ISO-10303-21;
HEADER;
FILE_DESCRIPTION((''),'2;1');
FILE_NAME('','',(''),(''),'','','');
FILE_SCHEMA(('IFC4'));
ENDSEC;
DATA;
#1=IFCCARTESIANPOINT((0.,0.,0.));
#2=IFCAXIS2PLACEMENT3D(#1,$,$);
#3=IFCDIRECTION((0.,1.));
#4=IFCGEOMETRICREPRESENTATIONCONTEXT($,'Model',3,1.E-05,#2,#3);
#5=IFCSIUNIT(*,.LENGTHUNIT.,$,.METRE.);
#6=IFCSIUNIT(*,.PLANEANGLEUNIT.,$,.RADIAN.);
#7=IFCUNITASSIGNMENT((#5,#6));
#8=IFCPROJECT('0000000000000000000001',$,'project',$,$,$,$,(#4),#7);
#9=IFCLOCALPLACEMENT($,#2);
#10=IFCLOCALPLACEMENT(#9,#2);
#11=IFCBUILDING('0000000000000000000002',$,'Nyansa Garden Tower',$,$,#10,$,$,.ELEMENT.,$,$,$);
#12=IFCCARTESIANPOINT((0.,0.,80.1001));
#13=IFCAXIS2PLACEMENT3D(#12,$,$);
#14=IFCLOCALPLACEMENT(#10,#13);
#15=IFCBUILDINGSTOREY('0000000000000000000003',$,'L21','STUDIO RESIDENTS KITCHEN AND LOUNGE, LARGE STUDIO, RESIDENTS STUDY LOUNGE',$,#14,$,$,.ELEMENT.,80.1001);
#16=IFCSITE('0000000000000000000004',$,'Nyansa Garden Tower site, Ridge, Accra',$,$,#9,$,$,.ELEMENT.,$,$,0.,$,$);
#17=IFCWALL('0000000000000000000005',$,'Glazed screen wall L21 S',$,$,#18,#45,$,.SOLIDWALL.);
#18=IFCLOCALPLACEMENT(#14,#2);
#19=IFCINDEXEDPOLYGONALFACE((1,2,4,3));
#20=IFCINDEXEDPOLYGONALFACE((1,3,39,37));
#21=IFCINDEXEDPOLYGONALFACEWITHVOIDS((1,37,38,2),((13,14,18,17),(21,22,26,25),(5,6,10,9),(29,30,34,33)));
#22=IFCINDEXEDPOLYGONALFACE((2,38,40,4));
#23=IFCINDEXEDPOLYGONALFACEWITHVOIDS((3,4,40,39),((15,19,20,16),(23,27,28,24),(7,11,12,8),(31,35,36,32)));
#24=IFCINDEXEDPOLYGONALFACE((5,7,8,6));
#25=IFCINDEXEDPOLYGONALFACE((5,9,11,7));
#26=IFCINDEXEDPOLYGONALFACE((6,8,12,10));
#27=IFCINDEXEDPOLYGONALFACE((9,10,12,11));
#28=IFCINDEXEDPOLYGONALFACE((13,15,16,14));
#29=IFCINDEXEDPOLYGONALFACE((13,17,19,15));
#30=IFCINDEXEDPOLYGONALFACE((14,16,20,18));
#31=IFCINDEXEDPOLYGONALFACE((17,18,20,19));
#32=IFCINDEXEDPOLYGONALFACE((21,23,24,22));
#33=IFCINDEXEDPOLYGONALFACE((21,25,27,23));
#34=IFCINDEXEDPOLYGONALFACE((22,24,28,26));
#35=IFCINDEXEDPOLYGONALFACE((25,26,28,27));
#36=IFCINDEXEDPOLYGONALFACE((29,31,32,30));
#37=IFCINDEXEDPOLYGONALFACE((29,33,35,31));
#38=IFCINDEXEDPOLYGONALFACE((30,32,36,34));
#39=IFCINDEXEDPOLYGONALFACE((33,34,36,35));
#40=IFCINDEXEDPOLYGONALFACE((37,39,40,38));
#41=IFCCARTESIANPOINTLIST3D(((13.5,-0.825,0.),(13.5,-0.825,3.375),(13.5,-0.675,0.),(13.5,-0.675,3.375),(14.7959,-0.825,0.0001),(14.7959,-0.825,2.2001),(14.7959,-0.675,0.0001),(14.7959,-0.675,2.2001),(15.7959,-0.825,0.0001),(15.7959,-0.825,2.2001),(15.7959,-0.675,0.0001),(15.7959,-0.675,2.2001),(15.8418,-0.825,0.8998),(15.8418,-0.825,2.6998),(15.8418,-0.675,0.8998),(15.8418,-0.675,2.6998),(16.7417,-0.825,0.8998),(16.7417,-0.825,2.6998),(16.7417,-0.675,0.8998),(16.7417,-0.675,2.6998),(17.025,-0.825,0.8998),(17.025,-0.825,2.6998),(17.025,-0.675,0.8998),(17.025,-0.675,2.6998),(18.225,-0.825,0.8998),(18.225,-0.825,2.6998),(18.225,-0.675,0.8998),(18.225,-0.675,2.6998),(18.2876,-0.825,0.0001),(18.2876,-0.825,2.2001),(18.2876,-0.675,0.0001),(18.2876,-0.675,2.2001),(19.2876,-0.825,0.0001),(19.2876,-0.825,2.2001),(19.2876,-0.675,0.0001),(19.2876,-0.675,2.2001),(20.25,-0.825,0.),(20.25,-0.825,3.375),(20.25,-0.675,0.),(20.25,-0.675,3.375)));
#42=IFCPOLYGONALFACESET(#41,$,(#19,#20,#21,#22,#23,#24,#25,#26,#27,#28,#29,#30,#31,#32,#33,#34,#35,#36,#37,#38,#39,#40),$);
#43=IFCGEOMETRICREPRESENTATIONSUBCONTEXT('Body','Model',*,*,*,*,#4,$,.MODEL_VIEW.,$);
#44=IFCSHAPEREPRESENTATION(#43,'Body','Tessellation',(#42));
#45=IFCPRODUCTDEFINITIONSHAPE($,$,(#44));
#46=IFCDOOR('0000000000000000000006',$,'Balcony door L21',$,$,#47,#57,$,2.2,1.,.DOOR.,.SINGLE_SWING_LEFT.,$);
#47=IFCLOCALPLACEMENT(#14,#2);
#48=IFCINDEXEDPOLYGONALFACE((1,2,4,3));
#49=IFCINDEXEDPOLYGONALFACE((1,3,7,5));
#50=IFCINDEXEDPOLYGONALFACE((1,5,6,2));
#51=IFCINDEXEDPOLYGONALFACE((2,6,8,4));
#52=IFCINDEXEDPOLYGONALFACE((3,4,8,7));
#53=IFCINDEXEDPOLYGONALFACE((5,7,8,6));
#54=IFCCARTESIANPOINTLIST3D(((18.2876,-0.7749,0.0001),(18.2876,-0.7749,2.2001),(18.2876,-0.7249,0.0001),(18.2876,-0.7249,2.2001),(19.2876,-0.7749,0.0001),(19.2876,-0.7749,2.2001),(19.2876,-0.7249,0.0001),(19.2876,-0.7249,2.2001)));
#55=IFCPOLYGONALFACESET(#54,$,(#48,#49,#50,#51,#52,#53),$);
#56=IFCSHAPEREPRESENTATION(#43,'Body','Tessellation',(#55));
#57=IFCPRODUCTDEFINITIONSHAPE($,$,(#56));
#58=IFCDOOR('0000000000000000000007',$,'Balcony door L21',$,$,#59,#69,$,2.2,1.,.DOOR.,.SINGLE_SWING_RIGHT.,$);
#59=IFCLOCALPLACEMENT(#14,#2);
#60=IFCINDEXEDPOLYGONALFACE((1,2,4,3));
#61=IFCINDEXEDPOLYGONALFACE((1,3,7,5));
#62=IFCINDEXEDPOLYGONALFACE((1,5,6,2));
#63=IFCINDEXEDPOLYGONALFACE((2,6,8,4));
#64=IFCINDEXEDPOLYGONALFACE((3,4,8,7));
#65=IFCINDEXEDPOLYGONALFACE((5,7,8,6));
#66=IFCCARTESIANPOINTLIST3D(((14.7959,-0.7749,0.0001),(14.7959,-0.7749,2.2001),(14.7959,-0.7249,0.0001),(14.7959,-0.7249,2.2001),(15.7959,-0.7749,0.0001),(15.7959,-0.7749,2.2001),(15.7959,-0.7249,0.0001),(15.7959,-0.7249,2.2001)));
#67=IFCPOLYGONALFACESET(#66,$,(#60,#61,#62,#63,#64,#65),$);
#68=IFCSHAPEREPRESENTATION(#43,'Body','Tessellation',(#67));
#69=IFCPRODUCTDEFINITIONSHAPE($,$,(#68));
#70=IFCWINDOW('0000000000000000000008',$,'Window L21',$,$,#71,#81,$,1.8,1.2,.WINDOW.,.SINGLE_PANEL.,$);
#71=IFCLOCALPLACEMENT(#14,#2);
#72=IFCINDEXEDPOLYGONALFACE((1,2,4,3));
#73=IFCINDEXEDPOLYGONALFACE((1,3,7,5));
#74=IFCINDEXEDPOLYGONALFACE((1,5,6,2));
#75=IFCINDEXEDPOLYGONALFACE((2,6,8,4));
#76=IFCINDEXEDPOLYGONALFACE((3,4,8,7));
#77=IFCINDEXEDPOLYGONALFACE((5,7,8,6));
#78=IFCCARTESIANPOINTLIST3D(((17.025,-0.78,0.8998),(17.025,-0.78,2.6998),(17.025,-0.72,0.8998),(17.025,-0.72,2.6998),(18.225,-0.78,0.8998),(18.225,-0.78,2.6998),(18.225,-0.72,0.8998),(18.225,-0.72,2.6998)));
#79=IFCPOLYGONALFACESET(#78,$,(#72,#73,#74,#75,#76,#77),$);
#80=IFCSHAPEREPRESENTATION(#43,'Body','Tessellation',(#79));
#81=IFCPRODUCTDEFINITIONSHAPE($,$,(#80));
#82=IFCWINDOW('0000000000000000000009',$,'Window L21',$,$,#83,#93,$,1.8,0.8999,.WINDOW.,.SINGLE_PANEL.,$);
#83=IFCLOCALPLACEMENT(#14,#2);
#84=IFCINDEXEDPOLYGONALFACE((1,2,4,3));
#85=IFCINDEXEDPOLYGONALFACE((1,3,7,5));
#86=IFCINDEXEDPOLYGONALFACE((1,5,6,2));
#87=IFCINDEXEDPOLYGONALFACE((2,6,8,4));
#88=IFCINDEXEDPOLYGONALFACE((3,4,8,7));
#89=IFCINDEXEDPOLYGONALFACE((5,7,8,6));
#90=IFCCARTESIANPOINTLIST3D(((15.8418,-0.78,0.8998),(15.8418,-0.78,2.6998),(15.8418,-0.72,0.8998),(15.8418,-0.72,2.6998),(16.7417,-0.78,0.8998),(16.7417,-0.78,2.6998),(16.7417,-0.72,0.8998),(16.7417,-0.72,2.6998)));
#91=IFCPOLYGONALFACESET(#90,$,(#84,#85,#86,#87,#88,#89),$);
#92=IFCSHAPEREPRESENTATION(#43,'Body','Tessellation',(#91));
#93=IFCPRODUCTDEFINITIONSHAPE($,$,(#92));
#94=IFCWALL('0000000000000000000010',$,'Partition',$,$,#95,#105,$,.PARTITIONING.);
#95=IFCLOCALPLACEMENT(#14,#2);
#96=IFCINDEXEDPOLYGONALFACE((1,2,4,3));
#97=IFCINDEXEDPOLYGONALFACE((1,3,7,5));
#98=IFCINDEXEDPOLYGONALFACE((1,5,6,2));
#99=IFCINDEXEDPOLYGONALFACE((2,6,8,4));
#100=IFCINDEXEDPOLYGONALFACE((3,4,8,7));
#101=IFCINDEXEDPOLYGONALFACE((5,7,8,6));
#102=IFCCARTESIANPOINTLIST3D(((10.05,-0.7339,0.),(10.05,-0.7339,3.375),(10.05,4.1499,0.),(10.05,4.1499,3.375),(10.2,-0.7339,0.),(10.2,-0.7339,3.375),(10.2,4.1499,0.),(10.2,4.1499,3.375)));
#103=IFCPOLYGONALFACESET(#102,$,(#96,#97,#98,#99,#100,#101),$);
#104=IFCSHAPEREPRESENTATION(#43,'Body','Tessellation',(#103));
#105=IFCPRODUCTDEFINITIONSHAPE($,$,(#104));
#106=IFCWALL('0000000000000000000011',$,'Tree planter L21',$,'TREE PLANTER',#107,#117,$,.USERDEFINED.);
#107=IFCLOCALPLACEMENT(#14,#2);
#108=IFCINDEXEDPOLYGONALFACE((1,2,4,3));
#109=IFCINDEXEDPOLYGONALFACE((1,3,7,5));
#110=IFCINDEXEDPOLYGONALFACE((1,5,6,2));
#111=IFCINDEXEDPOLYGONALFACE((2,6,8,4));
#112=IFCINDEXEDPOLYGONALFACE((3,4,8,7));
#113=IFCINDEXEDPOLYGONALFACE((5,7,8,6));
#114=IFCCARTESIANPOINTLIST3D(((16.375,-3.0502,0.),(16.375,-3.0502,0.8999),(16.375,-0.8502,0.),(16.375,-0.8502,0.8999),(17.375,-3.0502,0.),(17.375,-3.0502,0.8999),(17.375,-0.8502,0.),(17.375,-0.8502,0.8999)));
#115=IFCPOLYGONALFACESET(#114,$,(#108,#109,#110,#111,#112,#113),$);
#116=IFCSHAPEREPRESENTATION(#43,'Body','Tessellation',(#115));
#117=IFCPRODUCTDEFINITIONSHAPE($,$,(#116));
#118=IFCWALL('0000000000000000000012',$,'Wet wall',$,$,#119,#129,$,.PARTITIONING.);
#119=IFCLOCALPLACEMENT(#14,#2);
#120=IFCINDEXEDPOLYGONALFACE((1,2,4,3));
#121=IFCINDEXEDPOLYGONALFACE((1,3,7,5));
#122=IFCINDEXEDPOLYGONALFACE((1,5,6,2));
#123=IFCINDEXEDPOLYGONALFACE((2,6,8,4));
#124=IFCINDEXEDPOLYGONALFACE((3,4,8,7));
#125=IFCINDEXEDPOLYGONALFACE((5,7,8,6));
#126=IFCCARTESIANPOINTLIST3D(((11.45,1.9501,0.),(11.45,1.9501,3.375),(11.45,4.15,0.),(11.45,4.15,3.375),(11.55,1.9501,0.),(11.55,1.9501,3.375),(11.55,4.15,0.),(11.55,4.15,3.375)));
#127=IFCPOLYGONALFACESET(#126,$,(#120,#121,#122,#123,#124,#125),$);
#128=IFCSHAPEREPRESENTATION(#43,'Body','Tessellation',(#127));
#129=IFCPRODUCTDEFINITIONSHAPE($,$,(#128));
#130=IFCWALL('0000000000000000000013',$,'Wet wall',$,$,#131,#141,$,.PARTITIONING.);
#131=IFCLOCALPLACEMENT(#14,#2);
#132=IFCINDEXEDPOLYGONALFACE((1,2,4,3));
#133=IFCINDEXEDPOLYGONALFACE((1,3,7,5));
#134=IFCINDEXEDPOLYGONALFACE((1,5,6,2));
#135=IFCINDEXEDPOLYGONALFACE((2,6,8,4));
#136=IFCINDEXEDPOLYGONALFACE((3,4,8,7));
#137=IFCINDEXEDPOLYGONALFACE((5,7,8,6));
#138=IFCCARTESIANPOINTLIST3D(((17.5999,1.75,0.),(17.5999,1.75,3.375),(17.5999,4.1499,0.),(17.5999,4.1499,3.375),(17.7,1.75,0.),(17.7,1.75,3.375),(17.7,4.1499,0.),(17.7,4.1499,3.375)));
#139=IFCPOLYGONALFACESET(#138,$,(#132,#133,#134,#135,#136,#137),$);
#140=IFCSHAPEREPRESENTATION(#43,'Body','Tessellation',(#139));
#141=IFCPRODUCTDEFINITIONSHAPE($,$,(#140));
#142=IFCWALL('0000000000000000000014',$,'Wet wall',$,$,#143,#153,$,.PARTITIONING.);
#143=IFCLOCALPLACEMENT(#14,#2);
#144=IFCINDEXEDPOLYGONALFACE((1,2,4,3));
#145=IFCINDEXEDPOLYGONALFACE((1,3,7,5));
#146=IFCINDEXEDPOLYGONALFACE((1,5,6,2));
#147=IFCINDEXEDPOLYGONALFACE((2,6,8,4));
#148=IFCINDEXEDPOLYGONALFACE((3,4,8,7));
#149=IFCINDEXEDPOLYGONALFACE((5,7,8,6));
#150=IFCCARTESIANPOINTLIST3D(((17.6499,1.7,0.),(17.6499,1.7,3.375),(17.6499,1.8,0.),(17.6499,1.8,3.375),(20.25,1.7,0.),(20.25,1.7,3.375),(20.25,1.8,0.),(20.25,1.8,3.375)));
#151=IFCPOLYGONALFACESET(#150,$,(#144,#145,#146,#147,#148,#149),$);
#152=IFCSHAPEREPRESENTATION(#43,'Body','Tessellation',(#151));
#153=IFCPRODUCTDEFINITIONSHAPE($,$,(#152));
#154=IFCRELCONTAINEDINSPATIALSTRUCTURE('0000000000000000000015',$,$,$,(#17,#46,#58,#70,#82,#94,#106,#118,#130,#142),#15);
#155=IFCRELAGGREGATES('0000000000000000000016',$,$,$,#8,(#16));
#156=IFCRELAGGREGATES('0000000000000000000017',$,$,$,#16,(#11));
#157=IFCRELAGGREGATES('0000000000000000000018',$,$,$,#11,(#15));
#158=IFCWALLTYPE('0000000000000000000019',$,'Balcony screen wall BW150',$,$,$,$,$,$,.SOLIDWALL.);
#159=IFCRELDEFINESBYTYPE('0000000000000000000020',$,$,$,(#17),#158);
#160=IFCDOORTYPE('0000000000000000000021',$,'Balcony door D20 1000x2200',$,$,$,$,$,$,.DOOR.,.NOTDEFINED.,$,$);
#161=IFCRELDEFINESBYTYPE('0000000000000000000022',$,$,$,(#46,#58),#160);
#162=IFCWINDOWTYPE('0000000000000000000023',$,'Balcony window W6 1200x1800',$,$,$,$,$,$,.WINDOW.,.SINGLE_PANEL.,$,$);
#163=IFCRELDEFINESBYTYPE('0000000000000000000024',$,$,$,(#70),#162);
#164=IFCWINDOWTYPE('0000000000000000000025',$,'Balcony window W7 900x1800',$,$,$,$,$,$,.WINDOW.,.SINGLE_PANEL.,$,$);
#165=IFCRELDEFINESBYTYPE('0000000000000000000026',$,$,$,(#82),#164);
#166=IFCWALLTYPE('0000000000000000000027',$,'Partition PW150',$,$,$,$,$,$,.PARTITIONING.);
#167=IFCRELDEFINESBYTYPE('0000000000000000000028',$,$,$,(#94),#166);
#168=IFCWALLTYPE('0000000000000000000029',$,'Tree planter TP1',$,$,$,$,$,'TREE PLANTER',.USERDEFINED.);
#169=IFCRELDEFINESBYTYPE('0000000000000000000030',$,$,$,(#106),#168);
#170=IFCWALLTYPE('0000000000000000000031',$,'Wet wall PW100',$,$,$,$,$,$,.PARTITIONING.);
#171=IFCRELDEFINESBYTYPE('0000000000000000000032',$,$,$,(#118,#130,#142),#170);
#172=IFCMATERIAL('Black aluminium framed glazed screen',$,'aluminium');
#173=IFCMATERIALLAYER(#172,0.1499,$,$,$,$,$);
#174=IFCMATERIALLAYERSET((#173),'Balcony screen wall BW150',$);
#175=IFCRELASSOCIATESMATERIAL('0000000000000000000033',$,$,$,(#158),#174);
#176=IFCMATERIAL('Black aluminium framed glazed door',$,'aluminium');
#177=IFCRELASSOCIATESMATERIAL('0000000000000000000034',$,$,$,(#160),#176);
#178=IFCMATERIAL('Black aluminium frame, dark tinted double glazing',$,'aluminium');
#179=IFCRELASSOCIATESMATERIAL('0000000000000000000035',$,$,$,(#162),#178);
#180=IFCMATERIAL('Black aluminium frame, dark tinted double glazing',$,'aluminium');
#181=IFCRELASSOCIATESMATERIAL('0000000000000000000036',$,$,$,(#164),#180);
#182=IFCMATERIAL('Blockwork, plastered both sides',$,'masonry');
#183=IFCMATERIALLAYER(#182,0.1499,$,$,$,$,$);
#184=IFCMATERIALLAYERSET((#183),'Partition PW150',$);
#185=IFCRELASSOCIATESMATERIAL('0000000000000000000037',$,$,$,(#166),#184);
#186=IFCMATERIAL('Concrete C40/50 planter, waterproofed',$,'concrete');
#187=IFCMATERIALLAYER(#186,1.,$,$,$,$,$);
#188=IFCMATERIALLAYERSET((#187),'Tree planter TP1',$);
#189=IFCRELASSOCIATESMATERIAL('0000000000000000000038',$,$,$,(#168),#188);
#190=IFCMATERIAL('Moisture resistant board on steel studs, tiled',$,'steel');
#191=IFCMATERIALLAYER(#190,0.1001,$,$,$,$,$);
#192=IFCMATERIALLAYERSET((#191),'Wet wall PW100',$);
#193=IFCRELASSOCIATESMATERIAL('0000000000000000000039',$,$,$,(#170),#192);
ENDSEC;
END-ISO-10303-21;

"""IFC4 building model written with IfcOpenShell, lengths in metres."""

from ifc_helpers import new_model, si_unit, direction, frame, frame_2d, origin, place, context, subcontext, project, spatial, rectangle, extrude, material, layer, layer_set, type_object, element, fill, save


model = new_model("IFC4")

# Units and contexts
model_context = context("Model", 3, precision=1e-05, world=origin(), true_north=direction((0.0, 1.0)))
body_context = subcontext(model_context, "Body", "Model", "MODEL_VIEW")
ifc_project = project(units=[si_unit("LENGTHUNIT", "METRE"), si_unit("PLANEANGLEUNIT", "RADIAN")], contexts=[model_context])

# Site, building, storey
site_placement = place(None, origin())
site = spatial("IfcSite", under=ifc_project, at=site_placement, Name="Nyansa Garden Tower site, Ridge, Accra", CompositionType="ELEMENT", RefElevation=0.0)
building_placement = place(site_placement, origin())
building = spatial("IfcBuilding", under=site, at=building_placement, Name="Nyansa Garden Tower", CompositionType="ELEMENT")
storey_placement = place(building_placement, frame((0.0, 0.0, 80.1001)))
storey = spatial("IfcBuildingStorey", under=building, at=storey_placement, Name="L21", Description="STUDIO RESIDENTS KITCHEN AND LOUNGE, LARGE STUDIO, RESIDENTS STUDY LOUNGE", CompositionType="ELEMENT", Elevation=80.1001)

# Wall, openings, doors, windows
ifc_material_1 = material(Name="Black aluminium framed glazed screen", Category="aluminium")
ifc_layer_1 = layer(ifc_material_1, 0.1499)
ifc_layer_set_1 = layer_set([ifc_layer_1], Name="Balcony screen wall BW150")
wall_type_1 = type_object("IfcWallType", Name="Balcony screen wall BW150", PredefinedType="SOLIDWALL", material=ifc_layer_set_1)
wall_1_placement = place(storey_placement, frame((20.25, -0.75, 0.0), z_axis=(0.0, 0.0, 1.0), x_axis=(-1.0, 0.0, 0.0)))
wall_1 = element("IfcWall", 1, at=wall_1_placement, inside=storey, type_object=wall_type_1, Name="Glazed screen wall L21 S", PredefinedType="SOLIDWALL", context=body_context, shape_type="SweptSolid", body=[
    extrude(rectangle(XDim=6.75, YDim=0.1499, at=frame_2d((3.375, 0.0))), origin(), (0.0, 0.0, 1.0), 3.375),
])
opening_1_placement = place(wall_1_placement, frame((0.9624, 0.0, 0.0)))
opening_1 = element("IfcOpeningElement", 2, at=opening_1_placement, cuts=wall_1, PredefinedType="OPENING", context=body_context, shape_type="SweptSolid", body=[
    extrude(rectangle(XDim=1.0, YDim=2.2, at=frame_2d((0.5, 1.1001))), frame((0.0, 0.085, 0.0), z_axis=(0.0, -1.0, 0.0), x_axis=(1.0, 0.0, 0.0)), (0.0, 0.0, 1.0), 0.1699),
])
opening_2_placement = place(wall_1_placement, frame((2.0249, 0.0, 0.8999)))
opening_2 = element("IfcOpeningElement", 3, at=opening_2_placement, cuts=wall_1, PredefinedType="OPENING", context=body_context, shape_type="SweptSolid", body=[
    extrude(rectangle(XDim=1.2, YDim=1.8, at=frame_2d((0.6001, 0.8999))), frame((0.0, 0.085, 0.0), z_axis=(0.0, -1.0, 0.0), x_axis=(1.0, 0.0, 0.0)), (0.0, 0.0, 1.0), 0.1699),
])
opening_3_placement = place(wall_1_placement, frame((4.4541, 0.0, 0.0)))
opening_3 = element("IfcOpeningElement", 4, at=opening_3_placement, cuts=wall_1, PredefinedType="OPENING", context=body_context, shape_type="SweptSolid", body=[
    extrude(rectangle(XDim=1.0, YDim=2.2, at=frame_2d((0.5, 1.1001))), frame((0.0, 0.085, 0.0), z_axis=(0.0, -1.0, 0.0), x_axis=(1.0, 0.0, 0.0)), (0.0, 0.0, 1.0), 0.1699),
])
opening_4_placement = place(wall_1_placement, frame((3.5083, 0.0, 0.8999)))
opening_4 = element("IfcOpeningElement", 5, at=opening_4_placement, cuts=wall_1, PredefinedType="OPENING", context=body_context, shape_type="SweptSolid", body=[
    extrude(rectangle(XDim=0.8999, YDim=1.8, at=frame_2d((0.45, 0.8999))), frame((0.0, 0.085, 0.0), z_axis=(0.0, -1.0, 0.0), x_axis=(1.0, 0.0, 0.0)), (0.0, 0.0, 1.0), 0.1699),
])
ifc_material_2 = material(Name="Black aluminium framed glazed door", Category="aluminium")
door_type_1 = type_object("IfcDoorType", Name="Balcony door D20 1000x2200", OperationType="NOTDEFINED", PredefinedType="DOOR", material=ifc_material_2)
door_1_placement = place(opening_1_placement, origin())
door_1 = element("IfcDoor", 6, at=door_1_placement, inside=storey, type_object=door_type_1, Name="Balcony door L21", OperationType="SINGLE_SWING_LEFT", OverallHeight=2.2, OverallWidth=1.0, PredefinedType="DOOR", context=body_context, shape_type="SweptSolid", body=[
    extrude(rectangle(XDim=1.0, YDim=2.2, at=frame_2d((0.5, 1.1001))), frame((0.0, 0.0249, 0.0), z_axis=(0.0, -1.0, 0.0), x_axis=(1.0, 0.0, 0.0)), (0.0, 0.0, 1.0), 0.05),
])
fill(opening_1, door_1)
door_2_placement = place(opening_3_placement, origin())
door_2 = element("IfcDoor", 7, at=door_2_placement, inside=storey, type_object=door_type_1, Name="Balcony door L21", OperationType="SINGLE_SWING_RIGHT", OverallHeight=2.2, OverallWidth=1.0, PredefinedType="DOOR", context=body_context, shape_type="SweptSolid", body=[
    extrude(rectangle(XDim=1.0, YDim=2.2, at=frame_2d((0.5, 1.1001))), frame((0.0, 0.0249, 0.0), z_axis=(0.0, -1.0, 0.0), x_axis=(1.0, 0.0, 0.0)), (0.0, 0.0, 1.0), 0.05),
])
fill(opening_3, door_2)
ifc_material_3 = material(Name="Black aluminium frame, dark tinted double glazing", Category="aluminium")
window_type_1 = type_object("IfcWindowType", Name="Balcony window W6 1200x1800", PartitioningType="SINGLE_PANEL", PredefinedType="WINDOW", material=ifc_material_3)
window_1_placement = place(opening_2_placement, origin())
window_1 = element("IfcWindow", 8, at=window_1_placement, inside=storey, type_object=window_type_1, Name="Window L21", OverallHeight=1.8, OverallWidth=1.2, PartitioningType="SINGLE_PANEL", PredefinedType="WINDOW", context=body_context, shape_type="SweptSolid", body=[
    extrude(rectangle(XDim=1.2, YDim=1.8, at=frame_2d((0.6001, 0.8999))), frame((0.0, 0.03, 0.0), z_axis=(0.0, -1.0, 0.0), x_axis=(1.0, 0.0, 0.0)), (0.0, 0.0, 1.0), 0.0601),
])
fill(opening_2, window_1)
ifc_material_4 = material(Name="Black aluminium frame, dark tinted double glazing", Category="aluminium")
window_type_2 = type_object("IfcWindowType", Name="Balcony window W7 900x1800", PartitioningType="SINGLE_PANEL", PredefinedType="WINDOW", material=ifc_material_4)
window_2_placement = place(opening_4_placement, origin())
window_2 = element("IfcWindow", 9, at=window_2_placement, inside=storey, type_object=window_type_2, Name="Window L21", OverallHeight=1.8, OverallWidth=0.8999, PartitioningType="SINGLE_PANEL", PredefinedType="WINDOW", context=body_context, shape_type="SweptSolid", body=[
    extrude(rectangle(XDim=0.8999, YDim=1.8, at=frame_2d((0.45, 0.8999))), frame((0.0, 0.03, 0.0), z_axis=(0.0, -1.0, 0.0), x_axis=(1.0, 0.0, 0.0)), (0.0, 0.0, 1.0), 0.0601),
])
fill(opening_4, window_2)

# Walls
ifc_material_5 = material(Name="Blockwork, plastered both sides", Category="masonry")
ifc_layer_2 = layer(ifc_material_5, 0.1499)
ifc_layer_set_2 = layer_set([ifc_layer_2], Name="Partition PW150")
wall_type_2 = type_object("IfcWallType", Name="Partition PW150", PredefinedType="PARTITIONING", material=ifc_layer_set_2)
wall_2_placement = place(storey_placement, frame((10.125, -0.7339, 0.0), z_axis=(0.0, 0.0, 1.0), x_axis=(0.0, 1.0, 0.0)))
element("IfcWall", 10, at=wall_2_placement, inside=storey, type_object=wall_type_2, Name="Partition", PredefinedType="PARTITIONING", context=body_context, shape_type="SweptSolid", body=[
    extrude(rectangle(XDim=4.8838, YDim=0.1499, at=frame_2d((2.4419, 0.0))), origin(), (0.0, 0.0, 1.0), 3.375),
])
ifc_material_6 = material(Name="Concrete C40/50 planter, waterproofed", Category="concrete")
ifc_layer_3 = layer(ifc_material_6, 1.0)
ifc_layer_set_3 = layer_set([ifc_layer_3], Name="Tree planter TP1")
wall_type_3 = type_object("IfcWallType", Name="Tree planter TP1", ElementType="TREE PLANTER", PredefinedType="USERDEFINED", material=ifc_layer_set_3)
wall_3_placement = place(storey_placement, frame((16.875, -0.8501, 0.0), z_axis=(0.0, 0.0, 1.0), x_axis=(0.0, -1.0, 0.0)))
element("IfcWall", 11, at=wall_3_placement, inside=storey, type_object=wall_type_3, Name="Tree planter L21", ObjectType="TREE PLANTER", PredefinedType="USERDEFINED", context=body_context, shape_type="SweptSolid", body=[
    extrude(rectangle(XDim=2.2, YDim=1.0, at=frame_2d((1.1001, 0.0))), origin(), (0.0, 0.0, 1.0), 0.8999),
])
ifc_material_7 = material(Name="Moisture resistant board on steel studs, tiled", Category="steel")
ifc_layer_4 = layer(ifc_material_7, 0.1001)
ifc_layer_set_4 = layer_set([ifc_layer_4], Name="Wet wall PW100")
wall_type_4 = type_object("IfcWallType", Name="Wet wall PW100", PredefinedType="PARTITIONING", material=ifc_layer_set_4)
wall_4_placement = place(storey_placement, frame((11.5, 1.95, 0.0), z_axis=(0.0, 0.0, 1.0), x_axis=(0.0, 1.0, 0.0)))
element("IfcWall", 12, at=wall_4_placement, inside=storey, type_object=wall_type_4, Name="Wet wall", PredefinedType="PARTITIONING", context=body_context, shape_type="SweptSolid", body=[
    extrude(rectangle(XDim=2.2, YDim=0.1001, at=frame_2d((1.1001, 0.0))), origin(), (0.0, 0.0, 1.0), 3.375),
])
wall_5_placement = place(storey_placement, frame((17.6499, 1.75, 0.0), z_axis=(0.0, 0.0, 1.0), x_axis=(0.0, 1.0, 0.0)))
element("IfcWall", 13, at=wall_5_placement, inside=storey, type_object=wall_type_4, Name="Wet wall", PredefinedType="PARTITIONING", context=body_context, shape_type="SweptSolid", body=[
    extrude(rectangle(XDim=2.3999, YDim=0.1001, at=frame_2d((1.2, 0.0))), origin(), (0.0, 0.0, 1.0), 3.375),
])
wall_6_placement = place(storey_placement, frame((17.6499, 1.75, 0.0), z_axis=(0.0, 0.0, 1.0), x_axis=(1.0, 0.0, 0.0)))
element("IfcWall", 14, at=wall_6_placement, inside=storey, type_object=wall_type_4, Name="Wet wall", PredefinedType="PARTITIONING", context=body_context, shape_type="SweptSolid", body=[
    extrude(rectangle(XDim=2.6001, YDim=0.1001, at=frame_2d((1.3, 0.0))), origin(), (0.0, 0.0, 1.0), 3.375),
])

save(model, "model.ifc")
